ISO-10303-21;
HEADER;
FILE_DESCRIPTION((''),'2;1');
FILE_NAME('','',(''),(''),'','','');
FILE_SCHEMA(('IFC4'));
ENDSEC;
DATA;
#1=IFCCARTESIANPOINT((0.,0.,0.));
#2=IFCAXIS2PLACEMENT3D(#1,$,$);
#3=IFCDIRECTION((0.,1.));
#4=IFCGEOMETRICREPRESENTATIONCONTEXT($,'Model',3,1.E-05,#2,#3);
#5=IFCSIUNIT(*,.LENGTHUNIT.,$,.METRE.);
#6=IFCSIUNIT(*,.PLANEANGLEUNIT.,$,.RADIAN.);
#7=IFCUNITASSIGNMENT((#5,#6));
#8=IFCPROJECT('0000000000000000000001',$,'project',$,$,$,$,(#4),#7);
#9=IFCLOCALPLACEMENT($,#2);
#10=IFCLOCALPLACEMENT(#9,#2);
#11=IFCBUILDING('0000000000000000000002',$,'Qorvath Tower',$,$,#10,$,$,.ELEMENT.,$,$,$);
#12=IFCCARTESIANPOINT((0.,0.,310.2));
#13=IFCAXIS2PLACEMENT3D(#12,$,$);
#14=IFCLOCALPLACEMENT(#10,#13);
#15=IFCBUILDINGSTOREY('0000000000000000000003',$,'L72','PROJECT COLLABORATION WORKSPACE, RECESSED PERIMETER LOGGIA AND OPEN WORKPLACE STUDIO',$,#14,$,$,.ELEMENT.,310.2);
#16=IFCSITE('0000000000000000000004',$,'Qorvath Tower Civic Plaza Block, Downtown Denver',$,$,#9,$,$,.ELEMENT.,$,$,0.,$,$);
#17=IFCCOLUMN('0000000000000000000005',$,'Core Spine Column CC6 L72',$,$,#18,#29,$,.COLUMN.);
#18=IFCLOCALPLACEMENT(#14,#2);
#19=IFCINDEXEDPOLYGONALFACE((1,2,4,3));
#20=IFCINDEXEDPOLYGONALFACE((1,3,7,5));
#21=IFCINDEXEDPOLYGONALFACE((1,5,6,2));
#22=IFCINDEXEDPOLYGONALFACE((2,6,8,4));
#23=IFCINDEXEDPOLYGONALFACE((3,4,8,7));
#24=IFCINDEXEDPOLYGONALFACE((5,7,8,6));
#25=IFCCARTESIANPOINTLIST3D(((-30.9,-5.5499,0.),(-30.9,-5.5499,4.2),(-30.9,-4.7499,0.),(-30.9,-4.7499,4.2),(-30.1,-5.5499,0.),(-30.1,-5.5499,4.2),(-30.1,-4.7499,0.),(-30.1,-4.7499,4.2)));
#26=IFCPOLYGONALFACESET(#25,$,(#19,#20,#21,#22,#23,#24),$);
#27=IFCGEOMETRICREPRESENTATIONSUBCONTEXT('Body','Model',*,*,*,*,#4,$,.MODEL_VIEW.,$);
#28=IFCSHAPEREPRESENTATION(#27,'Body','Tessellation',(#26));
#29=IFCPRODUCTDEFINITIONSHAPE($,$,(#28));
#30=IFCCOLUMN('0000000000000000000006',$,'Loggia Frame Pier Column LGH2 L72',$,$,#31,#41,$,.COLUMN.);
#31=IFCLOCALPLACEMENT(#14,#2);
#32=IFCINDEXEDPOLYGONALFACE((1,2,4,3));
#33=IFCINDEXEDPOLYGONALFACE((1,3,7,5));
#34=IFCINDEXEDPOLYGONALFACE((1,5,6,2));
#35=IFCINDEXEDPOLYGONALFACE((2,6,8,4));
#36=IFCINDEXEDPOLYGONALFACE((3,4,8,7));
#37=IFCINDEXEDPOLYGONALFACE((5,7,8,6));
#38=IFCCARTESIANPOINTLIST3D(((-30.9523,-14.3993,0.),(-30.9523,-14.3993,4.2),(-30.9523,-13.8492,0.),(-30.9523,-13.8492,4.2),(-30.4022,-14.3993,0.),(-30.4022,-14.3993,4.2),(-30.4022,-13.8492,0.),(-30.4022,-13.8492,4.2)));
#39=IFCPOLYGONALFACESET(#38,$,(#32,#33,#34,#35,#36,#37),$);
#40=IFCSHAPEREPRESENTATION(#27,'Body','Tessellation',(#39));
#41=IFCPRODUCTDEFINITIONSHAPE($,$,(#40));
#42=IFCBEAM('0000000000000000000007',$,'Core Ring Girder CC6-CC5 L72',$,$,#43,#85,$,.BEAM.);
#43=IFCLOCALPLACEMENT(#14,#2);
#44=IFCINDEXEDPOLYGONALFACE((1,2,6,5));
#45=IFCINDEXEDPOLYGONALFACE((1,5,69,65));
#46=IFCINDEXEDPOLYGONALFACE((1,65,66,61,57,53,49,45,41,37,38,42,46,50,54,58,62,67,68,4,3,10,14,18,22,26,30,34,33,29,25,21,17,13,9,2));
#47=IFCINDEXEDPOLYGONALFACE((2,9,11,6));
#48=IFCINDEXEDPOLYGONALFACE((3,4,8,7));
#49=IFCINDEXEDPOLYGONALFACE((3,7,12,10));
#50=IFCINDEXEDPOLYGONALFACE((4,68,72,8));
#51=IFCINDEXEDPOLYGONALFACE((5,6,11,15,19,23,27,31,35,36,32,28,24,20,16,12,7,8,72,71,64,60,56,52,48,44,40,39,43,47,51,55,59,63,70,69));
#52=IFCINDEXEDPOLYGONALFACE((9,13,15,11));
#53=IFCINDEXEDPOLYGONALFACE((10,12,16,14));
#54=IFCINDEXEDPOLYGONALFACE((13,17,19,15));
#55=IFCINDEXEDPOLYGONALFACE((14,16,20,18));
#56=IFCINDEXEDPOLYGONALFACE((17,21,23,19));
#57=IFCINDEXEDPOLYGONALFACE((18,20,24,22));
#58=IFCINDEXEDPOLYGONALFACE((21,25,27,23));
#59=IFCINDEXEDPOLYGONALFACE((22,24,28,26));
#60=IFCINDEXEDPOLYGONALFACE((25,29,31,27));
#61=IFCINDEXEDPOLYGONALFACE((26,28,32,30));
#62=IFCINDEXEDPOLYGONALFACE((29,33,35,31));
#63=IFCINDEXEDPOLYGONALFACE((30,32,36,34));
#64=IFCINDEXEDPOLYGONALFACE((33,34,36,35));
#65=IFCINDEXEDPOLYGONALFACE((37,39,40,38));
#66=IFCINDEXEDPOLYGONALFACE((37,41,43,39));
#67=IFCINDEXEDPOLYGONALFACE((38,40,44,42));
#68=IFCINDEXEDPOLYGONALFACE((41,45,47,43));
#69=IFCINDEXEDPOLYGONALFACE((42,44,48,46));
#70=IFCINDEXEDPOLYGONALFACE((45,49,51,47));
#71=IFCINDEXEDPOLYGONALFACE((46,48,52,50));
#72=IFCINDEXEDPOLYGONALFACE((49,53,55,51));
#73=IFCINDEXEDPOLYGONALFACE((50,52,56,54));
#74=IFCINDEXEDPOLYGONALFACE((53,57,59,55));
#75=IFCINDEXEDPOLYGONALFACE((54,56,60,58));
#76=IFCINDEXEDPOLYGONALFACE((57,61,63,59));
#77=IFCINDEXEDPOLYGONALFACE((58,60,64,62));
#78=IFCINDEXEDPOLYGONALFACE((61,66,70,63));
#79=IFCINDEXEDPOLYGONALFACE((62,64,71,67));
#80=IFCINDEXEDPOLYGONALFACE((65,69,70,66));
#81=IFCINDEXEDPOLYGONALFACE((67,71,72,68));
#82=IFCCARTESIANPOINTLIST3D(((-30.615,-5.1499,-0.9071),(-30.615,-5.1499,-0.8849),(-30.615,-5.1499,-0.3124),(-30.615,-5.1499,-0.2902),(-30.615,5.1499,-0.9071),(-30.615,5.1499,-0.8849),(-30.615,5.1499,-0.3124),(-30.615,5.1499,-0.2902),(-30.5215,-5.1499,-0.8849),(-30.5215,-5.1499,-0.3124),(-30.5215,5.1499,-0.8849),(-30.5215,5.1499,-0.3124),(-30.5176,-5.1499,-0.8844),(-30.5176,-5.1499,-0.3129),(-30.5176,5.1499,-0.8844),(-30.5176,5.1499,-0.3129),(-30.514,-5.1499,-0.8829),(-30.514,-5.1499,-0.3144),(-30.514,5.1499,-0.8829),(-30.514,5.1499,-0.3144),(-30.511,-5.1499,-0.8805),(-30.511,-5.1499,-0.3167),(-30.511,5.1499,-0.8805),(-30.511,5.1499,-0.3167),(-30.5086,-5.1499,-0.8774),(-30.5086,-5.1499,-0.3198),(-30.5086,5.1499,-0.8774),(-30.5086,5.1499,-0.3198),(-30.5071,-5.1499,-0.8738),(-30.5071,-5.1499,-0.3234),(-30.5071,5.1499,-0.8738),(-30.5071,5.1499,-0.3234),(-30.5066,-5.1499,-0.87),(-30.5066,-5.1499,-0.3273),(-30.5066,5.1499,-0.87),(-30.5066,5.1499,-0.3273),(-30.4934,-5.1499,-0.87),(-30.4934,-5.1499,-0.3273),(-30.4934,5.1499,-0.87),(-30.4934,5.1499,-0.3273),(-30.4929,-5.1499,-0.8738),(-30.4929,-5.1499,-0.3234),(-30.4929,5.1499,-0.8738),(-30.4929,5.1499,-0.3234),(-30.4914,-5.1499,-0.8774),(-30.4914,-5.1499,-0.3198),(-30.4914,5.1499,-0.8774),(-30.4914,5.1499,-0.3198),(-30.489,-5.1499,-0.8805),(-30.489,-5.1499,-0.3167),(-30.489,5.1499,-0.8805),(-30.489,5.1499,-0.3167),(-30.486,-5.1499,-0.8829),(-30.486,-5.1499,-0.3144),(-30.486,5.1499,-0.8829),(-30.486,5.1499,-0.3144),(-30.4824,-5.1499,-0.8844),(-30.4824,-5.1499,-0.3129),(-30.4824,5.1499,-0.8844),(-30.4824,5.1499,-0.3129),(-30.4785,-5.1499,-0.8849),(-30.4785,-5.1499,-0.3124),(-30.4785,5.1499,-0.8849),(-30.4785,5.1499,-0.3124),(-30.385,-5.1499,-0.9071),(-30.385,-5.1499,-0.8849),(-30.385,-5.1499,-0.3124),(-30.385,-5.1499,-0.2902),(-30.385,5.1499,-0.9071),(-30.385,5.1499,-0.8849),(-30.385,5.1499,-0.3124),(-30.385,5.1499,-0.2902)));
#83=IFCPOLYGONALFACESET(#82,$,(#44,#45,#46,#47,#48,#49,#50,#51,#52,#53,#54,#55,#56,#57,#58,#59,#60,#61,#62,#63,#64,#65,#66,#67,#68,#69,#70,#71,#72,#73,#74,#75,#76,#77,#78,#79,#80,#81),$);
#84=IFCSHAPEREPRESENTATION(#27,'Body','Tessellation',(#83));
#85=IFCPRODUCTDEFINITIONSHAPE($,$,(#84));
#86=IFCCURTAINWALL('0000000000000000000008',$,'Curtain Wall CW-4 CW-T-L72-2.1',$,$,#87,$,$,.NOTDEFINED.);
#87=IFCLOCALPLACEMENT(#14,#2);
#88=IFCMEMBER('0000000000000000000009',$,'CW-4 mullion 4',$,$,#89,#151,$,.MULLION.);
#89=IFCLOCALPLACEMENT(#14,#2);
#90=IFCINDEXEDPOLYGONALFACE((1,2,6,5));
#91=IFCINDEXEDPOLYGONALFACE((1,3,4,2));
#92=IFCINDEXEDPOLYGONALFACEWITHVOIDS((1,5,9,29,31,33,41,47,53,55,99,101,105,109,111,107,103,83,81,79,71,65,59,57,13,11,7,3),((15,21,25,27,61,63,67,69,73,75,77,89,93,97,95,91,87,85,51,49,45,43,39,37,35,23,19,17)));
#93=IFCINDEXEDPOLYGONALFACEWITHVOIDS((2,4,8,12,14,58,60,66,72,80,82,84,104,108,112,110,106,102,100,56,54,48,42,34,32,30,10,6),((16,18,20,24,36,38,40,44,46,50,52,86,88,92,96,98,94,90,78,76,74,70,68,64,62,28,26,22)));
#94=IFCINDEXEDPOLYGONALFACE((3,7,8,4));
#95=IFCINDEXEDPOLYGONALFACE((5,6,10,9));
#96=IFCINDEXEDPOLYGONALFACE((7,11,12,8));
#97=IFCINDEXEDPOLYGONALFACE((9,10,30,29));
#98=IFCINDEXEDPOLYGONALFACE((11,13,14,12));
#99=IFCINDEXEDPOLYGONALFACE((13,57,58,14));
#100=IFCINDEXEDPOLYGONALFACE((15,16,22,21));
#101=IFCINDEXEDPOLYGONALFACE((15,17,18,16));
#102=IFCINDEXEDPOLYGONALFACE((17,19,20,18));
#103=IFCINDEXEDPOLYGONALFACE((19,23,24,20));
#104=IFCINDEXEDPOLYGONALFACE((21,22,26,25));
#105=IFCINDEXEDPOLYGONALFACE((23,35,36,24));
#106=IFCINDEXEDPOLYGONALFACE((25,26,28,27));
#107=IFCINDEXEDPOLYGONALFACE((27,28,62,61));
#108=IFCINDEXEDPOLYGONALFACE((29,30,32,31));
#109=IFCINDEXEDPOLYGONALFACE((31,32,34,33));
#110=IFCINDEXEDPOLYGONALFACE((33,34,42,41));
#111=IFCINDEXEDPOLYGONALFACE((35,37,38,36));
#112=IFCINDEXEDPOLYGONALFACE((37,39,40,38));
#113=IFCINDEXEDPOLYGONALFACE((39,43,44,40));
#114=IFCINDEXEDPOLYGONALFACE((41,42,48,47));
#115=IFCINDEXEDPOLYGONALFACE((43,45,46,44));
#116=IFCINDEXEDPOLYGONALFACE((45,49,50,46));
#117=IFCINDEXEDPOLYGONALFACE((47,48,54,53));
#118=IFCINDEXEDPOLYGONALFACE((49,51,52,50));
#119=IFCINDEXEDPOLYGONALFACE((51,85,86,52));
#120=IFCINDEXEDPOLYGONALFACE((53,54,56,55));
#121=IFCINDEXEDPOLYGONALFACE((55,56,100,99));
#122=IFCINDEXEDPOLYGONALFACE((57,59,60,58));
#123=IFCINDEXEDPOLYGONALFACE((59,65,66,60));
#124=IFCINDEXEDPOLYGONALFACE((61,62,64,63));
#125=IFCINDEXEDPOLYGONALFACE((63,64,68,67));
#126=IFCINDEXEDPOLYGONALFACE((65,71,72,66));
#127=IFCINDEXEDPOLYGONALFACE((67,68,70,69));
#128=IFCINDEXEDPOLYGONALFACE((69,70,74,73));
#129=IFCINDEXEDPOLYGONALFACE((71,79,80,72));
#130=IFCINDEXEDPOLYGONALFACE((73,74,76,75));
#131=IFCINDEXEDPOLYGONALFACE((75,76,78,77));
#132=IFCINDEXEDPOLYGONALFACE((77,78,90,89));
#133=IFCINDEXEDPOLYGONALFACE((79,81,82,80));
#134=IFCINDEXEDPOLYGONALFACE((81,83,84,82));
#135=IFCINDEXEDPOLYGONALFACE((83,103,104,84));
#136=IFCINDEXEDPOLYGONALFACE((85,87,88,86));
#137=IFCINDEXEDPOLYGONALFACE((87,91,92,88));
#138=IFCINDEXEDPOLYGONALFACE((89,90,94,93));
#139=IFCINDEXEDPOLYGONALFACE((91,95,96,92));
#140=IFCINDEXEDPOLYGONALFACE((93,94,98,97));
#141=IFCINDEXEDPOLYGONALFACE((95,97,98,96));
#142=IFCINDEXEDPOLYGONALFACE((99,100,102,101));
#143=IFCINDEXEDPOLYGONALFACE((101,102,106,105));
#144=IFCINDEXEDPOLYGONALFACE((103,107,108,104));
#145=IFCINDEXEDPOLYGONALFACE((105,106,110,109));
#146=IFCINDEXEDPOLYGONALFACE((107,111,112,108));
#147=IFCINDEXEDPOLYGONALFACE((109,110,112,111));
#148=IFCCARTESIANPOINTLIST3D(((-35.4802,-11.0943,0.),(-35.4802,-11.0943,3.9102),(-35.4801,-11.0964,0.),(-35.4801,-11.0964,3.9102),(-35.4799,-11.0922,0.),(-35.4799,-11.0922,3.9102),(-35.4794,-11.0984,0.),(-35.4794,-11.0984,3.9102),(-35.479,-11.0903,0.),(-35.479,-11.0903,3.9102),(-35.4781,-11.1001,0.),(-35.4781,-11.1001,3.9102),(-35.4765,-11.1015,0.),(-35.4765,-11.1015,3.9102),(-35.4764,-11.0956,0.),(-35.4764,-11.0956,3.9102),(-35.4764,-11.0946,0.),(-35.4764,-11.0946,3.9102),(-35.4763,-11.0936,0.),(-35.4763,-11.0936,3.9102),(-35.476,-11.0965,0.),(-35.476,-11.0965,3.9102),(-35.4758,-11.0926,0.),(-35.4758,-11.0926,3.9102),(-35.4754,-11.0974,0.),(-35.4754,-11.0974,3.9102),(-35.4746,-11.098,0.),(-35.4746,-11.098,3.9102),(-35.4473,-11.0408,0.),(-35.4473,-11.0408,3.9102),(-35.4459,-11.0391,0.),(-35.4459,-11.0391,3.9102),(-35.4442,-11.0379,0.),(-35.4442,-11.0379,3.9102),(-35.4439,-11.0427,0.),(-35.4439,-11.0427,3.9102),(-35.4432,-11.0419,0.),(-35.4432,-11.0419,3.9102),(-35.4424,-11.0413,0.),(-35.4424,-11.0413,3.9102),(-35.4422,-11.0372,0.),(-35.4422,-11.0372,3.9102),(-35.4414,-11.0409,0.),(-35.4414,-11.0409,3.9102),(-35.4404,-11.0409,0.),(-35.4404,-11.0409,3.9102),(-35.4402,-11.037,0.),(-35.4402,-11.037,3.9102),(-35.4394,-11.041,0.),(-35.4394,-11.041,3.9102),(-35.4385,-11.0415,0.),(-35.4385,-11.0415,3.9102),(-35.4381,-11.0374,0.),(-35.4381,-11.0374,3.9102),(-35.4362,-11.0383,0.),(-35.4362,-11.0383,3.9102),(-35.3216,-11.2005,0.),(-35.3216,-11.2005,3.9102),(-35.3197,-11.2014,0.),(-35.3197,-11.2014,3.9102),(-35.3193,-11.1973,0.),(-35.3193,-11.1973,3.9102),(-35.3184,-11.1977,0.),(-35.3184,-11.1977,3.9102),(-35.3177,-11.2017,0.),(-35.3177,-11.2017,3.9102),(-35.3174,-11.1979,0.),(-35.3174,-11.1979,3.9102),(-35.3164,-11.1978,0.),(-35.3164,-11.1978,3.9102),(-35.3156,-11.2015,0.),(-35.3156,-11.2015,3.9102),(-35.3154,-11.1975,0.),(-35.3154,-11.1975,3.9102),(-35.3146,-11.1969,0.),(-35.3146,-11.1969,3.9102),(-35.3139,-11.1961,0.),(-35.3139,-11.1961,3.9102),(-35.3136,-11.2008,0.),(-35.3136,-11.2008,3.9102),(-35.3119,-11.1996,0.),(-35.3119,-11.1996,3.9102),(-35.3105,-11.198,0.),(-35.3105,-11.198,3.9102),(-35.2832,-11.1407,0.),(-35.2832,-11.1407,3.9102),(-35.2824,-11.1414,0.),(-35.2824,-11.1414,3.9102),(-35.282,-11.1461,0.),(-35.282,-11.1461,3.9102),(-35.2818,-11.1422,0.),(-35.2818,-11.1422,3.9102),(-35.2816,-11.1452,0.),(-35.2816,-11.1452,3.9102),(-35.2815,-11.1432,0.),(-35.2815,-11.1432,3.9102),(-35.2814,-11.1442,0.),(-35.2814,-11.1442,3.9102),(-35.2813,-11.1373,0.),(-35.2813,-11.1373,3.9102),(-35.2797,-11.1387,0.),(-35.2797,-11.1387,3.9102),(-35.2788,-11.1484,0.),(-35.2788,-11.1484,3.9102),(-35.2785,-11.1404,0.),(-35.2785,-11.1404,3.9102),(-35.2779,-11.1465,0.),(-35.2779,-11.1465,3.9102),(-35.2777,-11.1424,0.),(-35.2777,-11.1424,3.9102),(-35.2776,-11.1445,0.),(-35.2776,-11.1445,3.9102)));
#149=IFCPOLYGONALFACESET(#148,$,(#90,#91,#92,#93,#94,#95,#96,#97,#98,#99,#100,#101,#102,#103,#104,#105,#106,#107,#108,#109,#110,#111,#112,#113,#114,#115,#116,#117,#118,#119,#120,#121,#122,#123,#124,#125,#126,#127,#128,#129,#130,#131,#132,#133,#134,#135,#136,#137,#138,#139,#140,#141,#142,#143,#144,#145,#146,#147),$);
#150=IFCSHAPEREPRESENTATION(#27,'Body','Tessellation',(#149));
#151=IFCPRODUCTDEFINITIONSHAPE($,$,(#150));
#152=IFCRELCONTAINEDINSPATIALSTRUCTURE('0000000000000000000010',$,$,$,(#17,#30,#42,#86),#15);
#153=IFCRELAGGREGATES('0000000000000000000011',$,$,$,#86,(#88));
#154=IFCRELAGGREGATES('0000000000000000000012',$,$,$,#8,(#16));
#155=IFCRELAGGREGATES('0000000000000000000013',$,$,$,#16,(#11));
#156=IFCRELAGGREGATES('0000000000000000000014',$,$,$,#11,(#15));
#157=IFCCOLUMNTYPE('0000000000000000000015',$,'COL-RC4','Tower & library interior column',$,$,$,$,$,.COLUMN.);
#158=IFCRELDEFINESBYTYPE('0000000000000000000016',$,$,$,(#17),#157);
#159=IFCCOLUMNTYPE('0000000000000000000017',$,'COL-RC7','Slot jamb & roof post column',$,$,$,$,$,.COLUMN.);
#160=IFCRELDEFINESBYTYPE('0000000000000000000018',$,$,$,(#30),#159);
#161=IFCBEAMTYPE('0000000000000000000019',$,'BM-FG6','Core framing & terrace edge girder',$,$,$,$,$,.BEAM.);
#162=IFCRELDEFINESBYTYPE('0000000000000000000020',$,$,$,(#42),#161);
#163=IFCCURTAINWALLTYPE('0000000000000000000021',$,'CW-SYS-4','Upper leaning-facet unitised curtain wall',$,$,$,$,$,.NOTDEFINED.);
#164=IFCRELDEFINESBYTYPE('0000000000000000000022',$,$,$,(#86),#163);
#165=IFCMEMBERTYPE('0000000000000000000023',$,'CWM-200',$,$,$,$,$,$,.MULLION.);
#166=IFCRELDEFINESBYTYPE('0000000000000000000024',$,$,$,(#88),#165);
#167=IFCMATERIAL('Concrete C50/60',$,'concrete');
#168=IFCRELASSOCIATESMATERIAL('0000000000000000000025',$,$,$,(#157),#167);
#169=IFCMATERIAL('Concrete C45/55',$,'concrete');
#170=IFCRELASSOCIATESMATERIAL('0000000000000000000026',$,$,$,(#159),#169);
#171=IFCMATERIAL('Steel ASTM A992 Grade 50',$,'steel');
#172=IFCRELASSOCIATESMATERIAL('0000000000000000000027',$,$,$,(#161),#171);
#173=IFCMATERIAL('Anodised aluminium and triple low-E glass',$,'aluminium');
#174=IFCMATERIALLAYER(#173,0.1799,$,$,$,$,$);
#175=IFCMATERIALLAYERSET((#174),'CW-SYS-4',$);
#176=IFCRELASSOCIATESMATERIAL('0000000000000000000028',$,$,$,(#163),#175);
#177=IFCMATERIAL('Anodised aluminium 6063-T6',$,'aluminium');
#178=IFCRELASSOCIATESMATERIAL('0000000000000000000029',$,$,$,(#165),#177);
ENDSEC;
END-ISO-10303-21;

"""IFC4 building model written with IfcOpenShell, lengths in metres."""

from ifc_helpers import new_model, si_unit, direction, frame, origin, origin_2d, place, context, subcontext, project, spatial, rectangle, hollow_rectangle, i_section, extrude, material, layer, layer_set, material_profile, profile_set, type_object, element, aggregate, save


model = new_model("IFC4")

# Units and contexts
model_context = context("Model", 3, precision=1e-05, world=origin(), true_north=direction((0.0, 1.0)))
body_context = subcontext(model_context, "Body", "Model", "MODEL_VIEW")
ifc_project = project(units=[si_unit("LENGTHUNIT", "METRE"), si_unit("PLANEANGLEUNIT", "RADIAN")], contexts=[model_context])

# Site, building, storey
site_placement = place(None, origin())
site = spatial("IfcSite", under=ifc_project, at=site_placement, Name="Qorvath Tower Civic Plaza Block, Downtown Denver", CompositionType="ELEMENT", RefElevation=0.0)
building_placement = place(site_placement, origin())
building = spatial("IfcBuilding", under=site, at=building_placement, Name="Qorvath Tower", CompositionType="ELEMENT")
storey_placement = place(building_placement, frame((0.0, 0.0, 310.2)))
storey = spatial("IfcBuildingStorey", under=building, at=storey_placement, Name="L72", Description="PROJECT COLLABORATION WORKSPACE, RECESSED PERIMETER LOGGIA AND OPEN WORKPLACE STUDIO", CompositionType="ELEMENT", Elevation=310.2)

# Columns
ifc_material_1 = material(Name="Concrete C50/60", Category="concrete")
ifc_material_profile_1 = material_profile(ifc_material_1, rectangle(XDim=0.8, YDim=0.8, at=origin_2d()), Name="RC 800x800")
ifc_profile_set_1 = profile_set([ifc_material_profile_1], Name="Concrete C50/60")
column_type_1 = type_object("IfcColumnType", Name="COL-RC4", Description="Tower & library interior column", PredefinedType="COLUMN", material=ifc_profile_set_1)
column_1_placement = place(storey_placement, frame((-30.5, -5.1499, 0.0), z_axis=(0.0, 0.0, 1.0), x_axis=(1.0, 0.0, 0.0)))
element("IfcColumn", 1, at=column_1_placement, inside=storey, type_object=column_type_1, Name="Core Spine Column CC6 L72", PredefinedType="COLUMN", context=body_context, shape_type="SweptSolid", body=[
    extrude(rectangle(XDim=0.8, YDim=0.8, at=origin_2d()), origin(), (0.0, 0.0, 1.0), 4.2),
])
ifc_material_2 = material(Name="Concrete C45/55", Category="concrete")
ifc_material_profile_2 = material_profile(ifc_material_2, rectangle(XDim=0.55, YDim=0.55, at=origin_2d()), Name="RC 550x550")
ifc_profile_set_2 = profile_set([ifc_material_profile_2], Name="Concrete C45/55")
column_type_2 = type_object("IfcColumnType", Name="COL-RC7", Description="Slot jamb & roof post column", PredefinedType="COLUMN", material=ifc_profile_set_2)
column_2_placement = place(storey_placement, frame((-30.6772, -14.1243, 0.0), z_axis=(0.0, 0.0, 1.0), x_axis=(1.0, 0.0, 0.0)))
element("IfcColumn", 2, at=column_2_placement, inside=storey, type_object=column_type_2, Name="Loggia Frame Pier Column LGH2 L72", PredefinedType="COLUMN", context=body_context, shape_type="SweptSolid", body=[
    extrude(rectangle(XDim=0.55, YDim=0.55, at=origin_2d()), origin(), (0.0, 0.0, 1.0), 4.2),
])

# Beam
ifc_material_3 = material(Name="Steel ASTM A992 Grade 50", Category="steel")
ifc_material_profile_3 = material_profile(ifc_material_3, i_section(OverallWidth=0.23, OverallDepth=0.6169, WebThickness=0.0132, FlangeThickness=0.0222, FilletRadius=0.0149, at=origin_2d()), Name="W24x94")
ifc_profile_set_3 = profile_set([ifc_material_profile_3], Name="Steel ASTM A992 Grade 50")
beam_type = type_object("IfcBeamType", Name="BM-FG6", Description="Core framing & terrace edge girder", PredefinedType="BEAM", material=ifc_profile_set_3)
beam_placement = place(storey_placement, frame((-30.5, -5.1499, -0.5986), z_axis=(0.0, 1.0, 0.0), x_axis=(-1.0, 0.0, 0.0)))
element("IfcBeam", 3, at=beam_placement, inside=storey, type_object=beam_type, Name="Core Ring Girder CC6-CC5 L72", PredefinedType="BEAM", context=body_context, shape_type="SweptSolid", body=[
    extrude(i_section(OverallWidth=0.23, OverallDepth=0.6169, WebThickness=0.0132, FlangeThickness=0.0222, FilletRadius=0.0149, at=origin_2d()), origin(), (0.0, 0.0, 1.0), 10.2998),
])

# Curtain wall, member
ifc_material_4 = material(Name="Anodised aluminium and triple low-E glass", Category="aluminium")
ifc_layer_1 = layer(ifc_material_4, 0.1799)
ifc_layer_set_1 = layer_set([ifc_layer_1], Name="CW-SYS-4")
curtain_wall_type = type_object("IfcCurtainWallType", Name="CW-SYS-4", Description="Upper leaning-facet unitised curtain wall", PredefinedType="NOTDEFINED", material=ifc_layer_set_1)
curtain_wall_placement = place(storey_placement, origin())
curtain_wall = element("IfcCurtainWall", 4, at=curtain_wall_placement, inside=storey, type_object=curtain_wall_type, Name="Curtain Wall CW-4 CW-T-L72-2.1", PredefinedType="NOTDEFINED")
ifc_material_5 = material(Name="Anodised aluminium 6063-T6", Category="aluminium")
ifc_material_profile_4 = material_profile(ifc_material_5, hollow_rectangle(XDim=0.075, YDim=0.2, WallThickness=0.0039, InnerFilletRadius=0.0039, OuterFilletRadius=0.0081, at=origin_2d()), Name="CWM 200x75")
ifc_profile_set_4 = profile_set([ifc_material_profile_4], Name="Anodised aluminium 6063-T6")
member_type_1 = type_object("IfcMemberType", Name="CWM-200", PredefinedType="MULLION", material=ifc_profile_set_4)
member_1_placement = place(storey_placement, frame((-35.3789, -11.1194, 0.0), z_axis=(0.0, 0.0, 1.0), x_axis=(0.538538, 0.842601, 0.0)))
member_1 = element("IfcMember", 5, at=member_1_placement, type_object=member_type_1, Name="CW-4 mullion 4", PredefinedType="MULLION", context=body_context, shape_type="SweptSolid", body=[
    extrude(hollow_rectangle(XDim=0.075, YDim=0.2, WallThickness=0.0039, InnerFilletRadius=0.0039, OuterFilletRadius=0.0081, at=origin_2d()), origin(), (0.0, 0.0, 1.0), 3.9102),
])
aggregate(curtain_wall, [member_1])

save(model, "model.ifc")
